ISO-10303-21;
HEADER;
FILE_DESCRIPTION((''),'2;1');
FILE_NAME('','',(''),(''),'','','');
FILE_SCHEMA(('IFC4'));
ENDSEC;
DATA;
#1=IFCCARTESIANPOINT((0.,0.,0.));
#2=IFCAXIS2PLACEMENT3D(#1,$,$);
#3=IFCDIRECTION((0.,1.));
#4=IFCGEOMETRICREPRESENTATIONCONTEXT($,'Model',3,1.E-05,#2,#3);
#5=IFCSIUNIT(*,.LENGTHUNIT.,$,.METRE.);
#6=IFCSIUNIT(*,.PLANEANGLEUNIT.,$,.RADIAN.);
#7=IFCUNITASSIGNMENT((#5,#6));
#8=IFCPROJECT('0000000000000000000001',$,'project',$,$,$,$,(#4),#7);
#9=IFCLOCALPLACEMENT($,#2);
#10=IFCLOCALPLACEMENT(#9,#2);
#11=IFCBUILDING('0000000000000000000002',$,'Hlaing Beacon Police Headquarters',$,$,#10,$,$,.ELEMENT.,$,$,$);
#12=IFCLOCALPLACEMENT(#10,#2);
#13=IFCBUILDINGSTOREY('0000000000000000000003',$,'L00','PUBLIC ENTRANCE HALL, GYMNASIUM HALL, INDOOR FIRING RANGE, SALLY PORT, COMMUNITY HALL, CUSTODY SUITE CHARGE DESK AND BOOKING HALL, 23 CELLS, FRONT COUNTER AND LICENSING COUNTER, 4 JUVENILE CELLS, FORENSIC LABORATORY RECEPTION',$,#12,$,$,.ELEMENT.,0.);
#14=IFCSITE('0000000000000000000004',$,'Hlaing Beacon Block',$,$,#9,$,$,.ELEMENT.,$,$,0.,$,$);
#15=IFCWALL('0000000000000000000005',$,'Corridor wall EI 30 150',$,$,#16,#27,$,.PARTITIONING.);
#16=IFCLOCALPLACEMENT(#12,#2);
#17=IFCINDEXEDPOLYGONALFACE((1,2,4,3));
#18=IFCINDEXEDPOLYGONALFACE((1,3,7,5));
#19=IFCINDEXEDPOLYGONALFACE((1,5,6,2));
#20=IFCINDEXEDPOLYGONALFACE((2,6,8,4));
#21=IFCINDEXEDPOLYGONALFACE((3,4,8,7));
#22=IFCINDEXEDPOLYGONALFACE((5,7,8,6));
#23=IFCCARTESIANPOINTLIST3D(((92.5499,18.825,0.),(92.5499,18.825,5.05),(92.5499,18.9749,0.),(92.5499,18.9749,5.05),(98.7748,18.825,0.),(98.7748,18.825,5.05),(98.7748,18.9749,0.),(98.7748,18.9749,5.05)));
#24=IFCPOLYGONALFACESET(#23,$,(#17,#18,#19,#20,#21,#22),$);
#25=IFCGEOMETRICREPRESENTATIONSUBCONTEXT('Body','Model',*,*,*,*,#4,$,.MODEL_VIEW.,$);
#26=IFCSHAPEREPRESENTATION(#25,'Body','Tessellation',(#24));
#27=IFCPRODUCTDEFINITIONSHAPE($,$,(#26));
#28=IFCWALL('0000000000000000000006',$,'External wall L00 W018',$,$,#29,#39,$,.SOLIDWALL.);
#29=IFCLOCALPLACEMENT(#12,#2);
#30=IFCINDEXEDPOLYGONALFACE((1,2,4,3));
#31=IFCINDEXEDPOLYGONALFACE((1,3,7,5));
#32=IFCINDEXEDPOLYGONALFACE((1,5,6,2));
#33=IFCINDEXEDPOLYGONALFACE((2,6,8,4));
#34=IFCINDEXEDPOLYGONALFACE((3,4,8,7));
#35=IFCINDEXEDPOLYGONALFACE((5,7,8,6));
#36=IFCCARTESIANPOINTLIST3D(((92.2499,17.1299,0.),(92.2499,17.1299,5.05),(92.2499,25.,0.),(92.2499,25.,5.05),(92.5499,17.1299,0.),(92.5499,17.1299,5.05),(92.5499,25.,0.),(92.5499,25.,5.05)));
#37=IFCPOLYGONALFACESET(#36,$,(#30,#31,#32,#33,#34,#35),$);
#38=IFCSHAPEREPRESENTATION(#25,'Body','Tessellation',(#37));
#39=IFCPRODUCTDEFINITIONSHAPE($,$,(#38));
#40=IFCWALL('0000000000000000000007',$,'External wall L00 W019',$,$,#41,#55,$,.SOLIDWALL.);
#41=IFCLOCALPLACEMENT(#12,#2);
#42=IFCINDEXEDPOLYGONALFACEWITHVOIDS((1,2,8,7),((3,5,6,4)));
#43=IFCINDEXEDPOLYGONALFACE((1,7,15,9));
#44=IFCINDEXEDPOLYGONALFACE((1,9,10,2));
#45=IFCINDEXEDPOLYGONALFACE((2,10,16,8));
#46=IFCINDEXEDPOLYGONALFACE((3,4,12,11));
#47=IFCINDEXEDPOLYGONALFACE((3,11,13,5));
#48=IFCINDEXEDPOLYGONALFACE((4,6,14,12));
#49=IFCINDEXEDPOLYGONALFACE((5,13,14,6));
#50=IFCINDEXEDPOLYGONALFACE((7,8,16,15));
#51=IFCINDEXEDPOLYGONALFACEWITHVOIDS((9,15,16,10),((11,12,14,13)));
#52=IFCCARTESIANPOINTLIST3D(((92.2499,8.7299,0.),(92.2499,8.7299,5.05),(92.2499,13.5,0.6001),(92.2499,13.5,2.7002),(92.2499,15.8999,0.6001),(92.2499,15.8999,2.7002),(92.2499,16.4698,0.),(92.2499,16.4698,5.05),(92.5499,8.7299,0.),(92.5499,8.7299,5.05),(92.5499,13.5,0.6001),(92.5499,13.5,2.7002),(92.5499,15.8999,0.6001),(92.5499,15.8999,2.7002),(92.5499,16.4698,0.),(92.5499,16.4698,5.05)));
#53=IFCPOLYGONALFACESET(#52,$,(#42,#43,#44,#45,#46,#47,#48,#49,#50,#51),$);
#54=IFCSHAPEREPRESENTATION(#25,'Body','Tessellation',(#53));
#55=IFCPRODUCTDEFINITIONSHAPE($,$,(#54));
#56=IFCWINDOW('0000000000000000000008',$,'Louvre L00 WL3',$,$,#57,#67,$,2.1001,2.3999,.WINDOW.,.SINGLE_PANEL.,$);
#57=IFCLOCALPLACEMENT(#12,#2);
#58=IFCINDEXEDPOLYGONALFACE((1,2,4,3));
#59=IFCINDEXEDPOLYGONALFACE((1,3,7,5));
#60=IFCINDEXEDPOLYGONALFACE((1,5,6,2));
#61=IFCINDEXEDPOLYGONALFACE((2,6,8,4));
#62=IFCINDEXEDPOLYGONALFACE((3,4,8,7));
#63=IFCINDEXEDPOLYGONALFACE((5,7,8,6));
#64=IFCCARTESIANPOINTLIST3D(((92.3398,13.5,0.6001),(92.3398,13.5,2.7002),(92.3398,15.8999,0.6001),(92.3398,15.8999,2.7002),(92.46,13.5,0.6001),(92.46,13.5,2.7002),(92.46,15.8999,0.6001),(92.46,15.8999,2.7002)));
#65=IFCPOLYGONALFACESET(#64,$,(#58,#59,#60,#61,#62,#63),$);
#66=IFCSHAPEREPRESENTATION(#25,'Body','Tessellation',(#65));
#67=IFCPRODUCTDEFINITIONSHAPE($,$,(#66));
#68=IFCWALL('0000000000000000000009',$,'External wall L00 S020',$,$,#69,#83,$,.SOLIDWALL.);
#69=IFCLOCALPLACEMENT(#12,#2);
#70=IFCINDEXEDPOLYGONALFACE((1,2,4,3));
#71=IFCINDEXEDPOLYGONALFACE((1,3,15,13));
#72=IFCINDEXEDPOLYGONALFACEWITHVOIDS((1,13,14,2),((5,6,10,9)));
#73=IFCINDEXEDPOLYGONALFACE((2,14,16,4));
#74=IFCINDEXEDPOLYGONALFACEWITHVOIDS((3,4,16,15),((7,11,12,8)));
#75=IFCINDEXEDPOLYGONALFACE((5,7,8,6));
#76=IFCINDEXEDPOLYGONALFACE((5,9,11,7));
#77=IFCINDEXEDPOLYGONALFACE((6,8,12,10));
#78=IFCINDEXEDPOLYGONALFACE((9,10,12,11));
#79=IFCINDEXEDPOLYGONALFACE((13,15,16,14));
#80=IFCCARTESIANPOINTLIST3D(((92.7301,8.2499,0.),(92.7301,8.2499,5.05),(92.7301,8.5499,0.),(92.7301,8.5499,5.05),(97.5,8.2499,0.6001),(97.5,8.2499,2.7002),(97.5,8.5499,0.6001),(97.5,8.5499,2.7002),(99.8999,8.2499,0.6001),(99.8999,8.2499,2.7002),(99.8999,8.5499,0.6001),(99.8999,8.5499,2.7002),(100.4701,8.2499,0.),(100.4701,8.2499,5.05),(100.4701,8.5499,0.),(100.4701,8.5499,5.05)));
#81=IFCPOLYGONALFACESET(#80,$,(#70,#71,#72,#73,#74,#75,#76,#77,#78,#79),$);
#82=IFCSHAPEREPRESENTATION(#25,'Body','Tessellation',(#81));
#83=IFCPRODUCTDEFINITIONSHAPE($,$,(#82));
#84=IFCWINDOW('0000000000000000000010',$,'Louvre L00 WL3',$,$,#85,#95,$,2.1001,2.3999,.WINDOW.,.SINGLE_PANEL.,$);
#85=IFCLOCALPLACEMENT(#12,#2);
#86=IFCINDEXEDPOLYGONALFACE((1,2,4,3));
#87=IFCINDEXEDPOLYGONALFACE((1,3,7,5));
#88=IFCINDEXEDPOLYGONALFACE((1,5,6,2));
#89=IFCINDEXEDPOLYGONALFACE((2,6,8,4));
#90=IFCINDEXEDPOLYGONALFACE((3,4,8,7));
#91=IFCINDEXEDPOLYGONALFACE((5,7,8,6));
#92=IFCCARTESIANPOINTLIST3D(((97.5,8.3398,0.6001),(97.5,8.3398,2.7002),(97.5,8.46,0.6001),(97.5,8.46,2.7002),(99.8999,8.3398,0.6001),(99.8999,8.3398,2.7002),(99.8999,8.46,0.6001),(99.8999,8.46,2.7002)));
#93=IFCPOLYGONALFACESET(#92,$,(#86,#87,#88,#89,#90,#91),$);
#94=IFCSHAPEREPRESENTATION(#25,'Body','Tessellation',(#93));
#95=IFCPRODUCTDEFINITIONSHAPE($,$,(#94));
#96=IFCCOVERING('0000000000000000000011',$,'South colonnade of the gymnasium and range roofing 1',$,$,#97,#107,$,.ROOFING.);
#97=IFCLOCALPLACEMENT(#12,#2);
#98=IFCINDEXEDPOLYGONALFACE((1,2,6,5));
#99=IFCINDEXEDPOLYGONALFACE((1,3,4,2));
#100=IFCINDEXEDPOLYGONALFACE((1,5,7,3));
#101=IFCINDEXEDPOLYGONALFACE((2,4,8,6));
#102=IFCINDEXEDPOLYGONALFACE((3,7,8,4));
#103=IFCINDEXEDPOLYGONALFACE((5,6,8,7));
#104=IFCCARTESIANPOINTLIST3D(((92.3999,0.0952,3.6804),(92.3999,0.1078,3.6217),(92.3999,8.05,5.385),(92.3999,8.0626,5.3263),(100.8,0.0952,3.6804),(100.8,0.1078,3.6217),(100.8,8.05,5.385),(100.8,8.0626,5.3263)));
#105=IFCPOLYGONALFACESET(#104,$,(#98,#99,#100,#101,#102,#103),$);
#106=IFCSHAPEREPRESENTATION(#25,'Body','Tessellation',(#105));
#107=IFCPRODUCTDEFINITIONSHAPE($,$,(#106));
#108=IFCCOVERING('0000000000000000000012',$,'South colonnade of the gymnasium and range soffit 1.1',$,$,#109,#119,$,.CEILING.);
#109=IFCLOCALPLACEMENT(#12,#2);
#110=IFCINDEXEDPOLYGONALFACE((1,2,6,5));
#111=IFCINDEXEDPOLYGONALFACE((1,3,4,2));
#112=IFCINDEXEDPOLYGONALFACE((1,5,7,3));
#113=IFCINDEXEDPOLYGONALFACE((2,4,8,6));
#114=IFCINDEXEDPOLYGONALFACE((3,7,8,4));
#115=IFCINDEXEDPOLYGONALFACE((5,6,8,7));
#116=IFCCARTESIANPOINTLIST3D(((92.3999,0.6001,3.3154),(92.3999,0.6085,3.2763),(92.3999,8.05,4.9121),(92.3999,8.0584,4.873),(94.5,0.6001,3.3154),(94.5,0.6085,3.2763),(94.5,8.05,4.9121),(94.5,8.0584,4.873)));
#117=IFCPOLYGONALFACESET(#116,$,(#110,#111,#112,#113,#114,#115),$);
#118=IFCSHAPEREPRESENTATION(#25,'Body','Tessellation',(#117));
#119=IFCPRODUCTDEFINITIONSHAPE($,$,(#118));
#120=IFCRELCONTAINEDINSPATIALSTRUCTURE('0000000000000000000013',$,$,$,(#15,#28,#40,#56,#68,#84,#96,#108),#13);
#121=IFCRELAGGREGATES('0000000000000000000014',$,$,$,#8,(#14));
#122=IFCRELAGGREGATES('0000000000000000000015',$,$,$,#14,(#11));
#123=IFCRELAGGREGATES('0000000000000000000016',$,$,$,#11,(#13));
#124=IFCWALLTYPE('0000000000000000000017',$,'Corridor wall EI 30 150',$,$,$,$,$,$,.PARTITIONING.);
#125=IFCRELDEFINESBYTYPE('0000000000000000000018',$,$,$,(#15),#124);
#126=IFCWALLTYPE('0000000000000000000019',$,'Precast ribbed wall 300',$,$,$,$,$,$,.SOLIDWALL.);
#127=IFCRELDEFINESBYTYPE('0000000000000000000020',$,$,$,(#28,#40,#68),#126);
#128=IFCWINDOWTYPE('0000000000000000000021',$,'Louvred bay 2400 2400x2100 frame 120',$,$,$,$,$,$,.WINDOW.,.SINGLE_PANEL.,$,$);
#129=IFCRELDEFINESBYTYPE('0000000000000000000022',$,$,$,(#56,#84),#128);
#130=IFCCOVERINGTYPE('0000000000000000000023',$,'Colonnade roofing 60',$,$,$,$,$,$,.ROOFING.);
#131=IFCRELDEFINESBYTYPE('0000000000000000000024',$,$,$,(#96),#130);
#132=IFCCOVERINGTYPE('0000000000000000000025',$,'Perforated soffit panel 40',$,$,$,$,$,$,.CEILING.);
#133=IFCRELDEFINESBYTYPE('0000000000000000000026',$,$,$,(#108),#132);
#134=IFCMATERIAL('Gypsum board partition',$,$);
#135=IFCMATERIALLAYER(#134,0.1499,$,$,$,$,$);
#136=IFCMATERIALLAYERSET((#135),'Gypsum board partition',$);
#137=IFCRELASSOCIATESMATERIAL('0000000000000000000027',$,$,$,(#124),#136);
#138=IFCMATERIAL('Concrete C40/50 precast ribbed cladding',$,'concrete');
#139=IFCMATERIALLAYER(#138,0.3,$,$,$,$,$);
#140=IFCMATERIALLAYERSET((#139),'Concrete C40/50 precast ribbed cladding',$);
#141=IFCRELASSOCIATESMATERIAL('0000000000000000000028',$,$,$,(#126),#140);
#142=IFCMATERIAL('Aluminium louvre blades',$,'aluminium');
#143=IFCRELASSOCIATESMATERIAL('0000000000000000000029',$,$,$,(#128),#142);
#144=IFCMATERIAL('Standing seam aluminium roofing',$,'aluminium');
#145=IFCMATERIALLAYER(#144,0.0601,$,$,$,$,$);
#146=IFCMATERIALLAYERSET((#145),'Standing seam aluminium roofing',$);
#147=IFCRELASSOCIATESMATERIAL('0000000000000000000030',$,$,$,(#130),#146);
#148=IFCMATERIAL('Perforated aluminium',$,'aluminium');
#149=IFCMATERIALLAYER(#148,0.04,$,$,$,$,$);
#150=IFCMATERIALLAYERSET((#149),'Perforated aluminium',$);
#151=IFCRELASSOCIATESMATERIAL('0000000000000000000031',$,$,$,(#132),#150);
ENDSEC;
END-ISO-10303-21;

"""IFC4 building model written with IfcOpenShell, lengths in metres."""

from ifc_helpers import new_model, si_unit, direction, frame, frame_2d, origin, place, context, subcontext, project, spatial, polyline, rectangle, outline, extrude, material, layer, layer_set, type_object, element, fill, save


model = new_model("IFC4")

# Units and contexts
model_context = context("Model", 3, precision=1e-05, world=origin(), true_north=direction((0.0, 1.0)))
body_context = subcontext(model_context, "Body", "Model", "MODEL_VIEW")
ifc_project = project(units=[si_unit("LENGTHUNIT", "METRE"), si_unit("PLANEANGLEUNIT", "RADIAN")], contexts=[model_context])

# Site, building, storey
site_placement = place(None, origin())
site = spatial("IfcSite", under=ifc_project, at=site_placement, Name="Hlaing Beacon Block", CompositionType="ELEMENT", RefElevation=0.0)
building_placement = place(site_placement, origin())
building = spatial("IfcBuilding", under=site, at=building_placement, Name="Hlaing Beacon Police Headquarters", CompositionType="ELEMENT")
storey_placement = place(building_placement, origin())
storey = spatial("IfcBuildingStorey", under=building, at=storey_placement, Name="L00", Description="PUBLIC ENTRANCE HALL, GYMNASIUM HALL, INDOOR FIRING RANGE, SALLY PORT, COMMUNITY HALL, CUSTODY SUITE CHARGE DESK AND BOOKING HALL, 23 CELLS, FRONT COUNTER AND LICENSING COUNTER, 4 JUVENILE CELLS, FORENSIC LABORATORY RECEPTION", CompositionType="ELEMENT", Elevation=0.0)

# Wall
ifc_material_1 = material(Name="Gypsum board partition")
ifc_layer_1 = layer(ifc_material_1, 0.1499)
ifc_layer_set_1 = layer_set([ifc_layer_1], Name="Gypsum board partition")
wall_type_1 = type_object("IfcWallType", Name="Corridor wall EI 30 150", PredefinedType="PARTITIONING", material=ifc_layer_set_1)
wall_1_placement = place(storey_placement, frame((92.55, 18.8999, 0.0), z_axis=(0.0, 0.0, 1.0), x_axis=(1.0, 0.0, 0.0)))
element("IfcWall", 1, at=wall_1_placement, inside=storey, type_object=wall_type_1, Name="Corridor wall EI 30 150", PredefinedType="PARTITIONING", context=body_context, shape_type="SweptSolid", body=[
    extrude(rectangle(XDim=6.2249, YDim=0.1499, at=frame_2d((3.1123, 0.0))), origin(), (0.0, 0.0, 1.0), 5.05),
])

# Wall
ifc_material_2 = material(Name="Concrete C40/50 precast ribbed cladding", Category="concrete")
ifc_layer_2 = layer(ifc_material_2, 0.3)
ifc_layer_set_2 = layer_set([ifc_layer_2], Name="Concrete C40/50 precast ribbed cladding")
wall_type_2 = type_object("IfcWallType", Name="Precast ribbed wall 300", PredefinedType="SOLIDWALL", material=ifc_layer_set_2)
wall_2_placement = place(storey_placement, frame((92.3999, 25.0, 0.0), z_axis=(0.0, 0.0, 1.0), x_axis=(0.0, -1.0, 0.0)))
element("IfcWall", 2, at=wall_2_placement, inside=storey, type_object=wall_type_2, Name="External wall L00 W018", PredefinedType="SOLIDWALL", context=body_context, shape_type="SweptSolid", body=[
    extrude(rectangle(XDim=7.8701, YDim=0.3, at=frame_2d((3.9351, 0.0))), origin(), (0.0, 0.0, 1.0), 5.05),
])

# Walls, openings, windows
wall_3_placement = place(storey_placement, frame((92.3999, 16.47, 0.0), z_axis=(0.0, 0.0, 1.0), x_axis=(0.0, -1.0, 0.0)))
wall_3 = element("IfcWall", 3, at=wall_3_placement, inside=storey, type_object=wall_type_2, Name="External wall L00 W019", PredefinedType="SOLIDWALL", context=body_context, shape_type="SweptSolid", body=[
    extrude(rectangle(XDim=7.74, YDim=0.3, at=frame_2d((3.8701, 0.0))), origin(), (0.0, 0.0, 1.0), 5.05),
])
opening_1_placement = place(wall_3_placement, frame((0.5701, 0.0, 0.6001)))
opening_1 = element("IfcOpeningElement", 4, at=opening_1_placement, cuts=wall_3, PredefinedType="OPENING", context=body_context, shape_type="SweptSolid", body=[
    extrude(rectangle(XDim=2.3999, YDim=2.1001, at=frame_2d((1.2, 1.05))), frame((0.0, 0.1602, 0.0), z_axis=(0.0, -1.0, 0.0), x_axis=(1.0, 0.0, 0.0)), (0.0, 0.0, 1.0), 0.3201),
])
ifc_material_3 = material(Name="Aluminium louvre blades", Category="aluminium")
window_type = type_object("IfcWindowType", Name="Louvred bay 2400 2400x2100 frame 120", PartitioningType="SINGLE_PANEL", PredefinedType="WINDOW", material=ifc_material_3)
window_1_placement = place(opening_1_placement, origin())
window_1 = element("IfcWindow", 5, at=window_1_placement, inside=storey, type_object=window_type, Name="Louvre L00 WL3", OverallHeight=2.1001, OverallWidth=2.3999, PartitioningType="SINGLE_PANEL", PredefinedType="WINDOW", context=body_context, shape_type="SweptSolid", body=[
    extrude(rectangle(XDim=2.3999, YDim=2.1001, at=frame_2d((1.2, 1.05))), frame((0.0, 0.0601, 0.0), z_axis=(0.0, -1.0, 0.0), x_axis=(1.0, 0.0, 0.0)), (0.0, 0.0, 1.0), 0.1201),
])
fill(opening_1, window_1)
wall_4_placement = place(storey_placement, frame((92.73, 8.3999, 0.0), z_axis=(0.0, 0.0, 1.0), x_axis=(1.0, 0.0, 0.0)))
wall_4 = element("IfcWall", 6, at=wall_4_placement, inside=storey, type_object=wall_type_2, Name="External wall L00 S020", PredefinedType="SOLIDWALL", context=body_context, shape_type="SweptSolid", body=[
    extrude(rectangle(XDim=7.74, YDim=0.3, at=frame_2d((3.8701, 0.0))), origin(), (0.0, 0.0, 1.0), 5.05),
])
opening_2_placement = place(wall_4_placement, frame((4.77, 0.0, 0.6001)))
opening_2 = element("IfcOpeningElement", 7, at=opening_2_placement, cuts=wall_4, PredefinedType="OPENING", context=body_context, shape_type="SweptSolid", body=[
    extrude(rectangle(XDim=2.3999, YDim=2.1001, at=frame_2d((1.2, 1.05))), frame((0.0, 0.1602, 0.0), z_axis=(0.0, -1.0, 0.0), x_axis=(1.0, 0.0, 0.0)), (0.0, 0.0, 1.0), 0.3201),
])
window_2_placement = place(opening_2_placement, origin())
window_2 = element("IfcWindow", 8, at=window_2_placement, inside=storey, type_object=window_type, Name="Louvre L00 WL3", OverallHeight=2.1001, OverallWidth=2.3999, PartitioningType="SINGLE_PANEL", PredefinedType="WINDOW", context=body_context, shape_type="SweptSolid", body=[
    extrude(rectangle(XDim=2.3999, YDim=2.1001, at=frame_2d((1.2, 1.05))), frame((0.0, 0.0601, 0.0), z_axis=(0.0, -1.0, 0.0), x_axis=(1.0, 0.0, 0.0)), (0.0, 0.0, 1.0), 0.1201),
])
fill(opening_2, window_2)

# Coverings
ifc_material_4 = material(Name="Standing seam aluminium roofing", Category="aluminium")
ifc_layer_3 = layer(ifc_material_4, 0.0601)
ifc_layer_set_3 = layer_set([ifc_layer_3], Name="Standing seam aluminium roofing")
covering_type_1 = type_object("IfcCoveringType", Name="Colonnade roofing 60", PredefinedType="ROOFING", material=ifc_layer_set_3)
covering_1_placement = place(storey_placement, frame((92.3999, 0.0952, 3.6804), z_axis=(0.0, -0.209527, 0.977803), x_axis=(1.0, 0.0, 0.0)))
element("IfcCovering", 9, at=covering_1_placement, inside=storey, type_object=covering_type_1, Name="South colonnade of the gymnasium and range roofing 1", PredefinedType="ROOFING", context=body_context, shape_type="SweptSolid", body=[
    extrude(outline(polyline([(0.0, 0.0), (8.4001, 0.0), (8.4001, 8.1354), (0.0, 8.1354), (0.0, 0.0)])), origin(), (0.0, 0.0, -1.0), 0.0601),
])
ifc_material_5 = material(Name="Perforated aluminium", Category="aluminium")
ifc_layer_4 = layer(ifc_material_5, 0.04)
ifc_layer_set_4 = layer_set([ifc_layer_4], Name="Perforated aluminium")
covering_type_2 = type_object("IfcCoveringType", Name="Perforated soffit panel 40", PredefinedType="CEILING", material=ifc_layer_set_4)
covering_2_placement = place(storey_placement, frame((92.3999, 0.6001, 3.3154), z_axis=(0.0, -0.209562, 0.977795), x_axis=(1.0, 0.0, 0.0)))
element("IfcCovering", 10, at=covering_2_placement, inside=storey, type_object=covering_type_2, Name="South colonnade of the gymnasium and range soffit 1.1", PredefinedType="CEILING", context=body_context, shape_type="SweptSolid", body=[
    extrude(outline(polyline([(0.0, 0.0), (2.1001, 0.0), (2.1001, 7.6191), (0.0, 7.6191), (0.0, 0.0)])), origin(), (0.0, 0.0, -1.0), 0.04),
])

save(model, "model.ifc")
